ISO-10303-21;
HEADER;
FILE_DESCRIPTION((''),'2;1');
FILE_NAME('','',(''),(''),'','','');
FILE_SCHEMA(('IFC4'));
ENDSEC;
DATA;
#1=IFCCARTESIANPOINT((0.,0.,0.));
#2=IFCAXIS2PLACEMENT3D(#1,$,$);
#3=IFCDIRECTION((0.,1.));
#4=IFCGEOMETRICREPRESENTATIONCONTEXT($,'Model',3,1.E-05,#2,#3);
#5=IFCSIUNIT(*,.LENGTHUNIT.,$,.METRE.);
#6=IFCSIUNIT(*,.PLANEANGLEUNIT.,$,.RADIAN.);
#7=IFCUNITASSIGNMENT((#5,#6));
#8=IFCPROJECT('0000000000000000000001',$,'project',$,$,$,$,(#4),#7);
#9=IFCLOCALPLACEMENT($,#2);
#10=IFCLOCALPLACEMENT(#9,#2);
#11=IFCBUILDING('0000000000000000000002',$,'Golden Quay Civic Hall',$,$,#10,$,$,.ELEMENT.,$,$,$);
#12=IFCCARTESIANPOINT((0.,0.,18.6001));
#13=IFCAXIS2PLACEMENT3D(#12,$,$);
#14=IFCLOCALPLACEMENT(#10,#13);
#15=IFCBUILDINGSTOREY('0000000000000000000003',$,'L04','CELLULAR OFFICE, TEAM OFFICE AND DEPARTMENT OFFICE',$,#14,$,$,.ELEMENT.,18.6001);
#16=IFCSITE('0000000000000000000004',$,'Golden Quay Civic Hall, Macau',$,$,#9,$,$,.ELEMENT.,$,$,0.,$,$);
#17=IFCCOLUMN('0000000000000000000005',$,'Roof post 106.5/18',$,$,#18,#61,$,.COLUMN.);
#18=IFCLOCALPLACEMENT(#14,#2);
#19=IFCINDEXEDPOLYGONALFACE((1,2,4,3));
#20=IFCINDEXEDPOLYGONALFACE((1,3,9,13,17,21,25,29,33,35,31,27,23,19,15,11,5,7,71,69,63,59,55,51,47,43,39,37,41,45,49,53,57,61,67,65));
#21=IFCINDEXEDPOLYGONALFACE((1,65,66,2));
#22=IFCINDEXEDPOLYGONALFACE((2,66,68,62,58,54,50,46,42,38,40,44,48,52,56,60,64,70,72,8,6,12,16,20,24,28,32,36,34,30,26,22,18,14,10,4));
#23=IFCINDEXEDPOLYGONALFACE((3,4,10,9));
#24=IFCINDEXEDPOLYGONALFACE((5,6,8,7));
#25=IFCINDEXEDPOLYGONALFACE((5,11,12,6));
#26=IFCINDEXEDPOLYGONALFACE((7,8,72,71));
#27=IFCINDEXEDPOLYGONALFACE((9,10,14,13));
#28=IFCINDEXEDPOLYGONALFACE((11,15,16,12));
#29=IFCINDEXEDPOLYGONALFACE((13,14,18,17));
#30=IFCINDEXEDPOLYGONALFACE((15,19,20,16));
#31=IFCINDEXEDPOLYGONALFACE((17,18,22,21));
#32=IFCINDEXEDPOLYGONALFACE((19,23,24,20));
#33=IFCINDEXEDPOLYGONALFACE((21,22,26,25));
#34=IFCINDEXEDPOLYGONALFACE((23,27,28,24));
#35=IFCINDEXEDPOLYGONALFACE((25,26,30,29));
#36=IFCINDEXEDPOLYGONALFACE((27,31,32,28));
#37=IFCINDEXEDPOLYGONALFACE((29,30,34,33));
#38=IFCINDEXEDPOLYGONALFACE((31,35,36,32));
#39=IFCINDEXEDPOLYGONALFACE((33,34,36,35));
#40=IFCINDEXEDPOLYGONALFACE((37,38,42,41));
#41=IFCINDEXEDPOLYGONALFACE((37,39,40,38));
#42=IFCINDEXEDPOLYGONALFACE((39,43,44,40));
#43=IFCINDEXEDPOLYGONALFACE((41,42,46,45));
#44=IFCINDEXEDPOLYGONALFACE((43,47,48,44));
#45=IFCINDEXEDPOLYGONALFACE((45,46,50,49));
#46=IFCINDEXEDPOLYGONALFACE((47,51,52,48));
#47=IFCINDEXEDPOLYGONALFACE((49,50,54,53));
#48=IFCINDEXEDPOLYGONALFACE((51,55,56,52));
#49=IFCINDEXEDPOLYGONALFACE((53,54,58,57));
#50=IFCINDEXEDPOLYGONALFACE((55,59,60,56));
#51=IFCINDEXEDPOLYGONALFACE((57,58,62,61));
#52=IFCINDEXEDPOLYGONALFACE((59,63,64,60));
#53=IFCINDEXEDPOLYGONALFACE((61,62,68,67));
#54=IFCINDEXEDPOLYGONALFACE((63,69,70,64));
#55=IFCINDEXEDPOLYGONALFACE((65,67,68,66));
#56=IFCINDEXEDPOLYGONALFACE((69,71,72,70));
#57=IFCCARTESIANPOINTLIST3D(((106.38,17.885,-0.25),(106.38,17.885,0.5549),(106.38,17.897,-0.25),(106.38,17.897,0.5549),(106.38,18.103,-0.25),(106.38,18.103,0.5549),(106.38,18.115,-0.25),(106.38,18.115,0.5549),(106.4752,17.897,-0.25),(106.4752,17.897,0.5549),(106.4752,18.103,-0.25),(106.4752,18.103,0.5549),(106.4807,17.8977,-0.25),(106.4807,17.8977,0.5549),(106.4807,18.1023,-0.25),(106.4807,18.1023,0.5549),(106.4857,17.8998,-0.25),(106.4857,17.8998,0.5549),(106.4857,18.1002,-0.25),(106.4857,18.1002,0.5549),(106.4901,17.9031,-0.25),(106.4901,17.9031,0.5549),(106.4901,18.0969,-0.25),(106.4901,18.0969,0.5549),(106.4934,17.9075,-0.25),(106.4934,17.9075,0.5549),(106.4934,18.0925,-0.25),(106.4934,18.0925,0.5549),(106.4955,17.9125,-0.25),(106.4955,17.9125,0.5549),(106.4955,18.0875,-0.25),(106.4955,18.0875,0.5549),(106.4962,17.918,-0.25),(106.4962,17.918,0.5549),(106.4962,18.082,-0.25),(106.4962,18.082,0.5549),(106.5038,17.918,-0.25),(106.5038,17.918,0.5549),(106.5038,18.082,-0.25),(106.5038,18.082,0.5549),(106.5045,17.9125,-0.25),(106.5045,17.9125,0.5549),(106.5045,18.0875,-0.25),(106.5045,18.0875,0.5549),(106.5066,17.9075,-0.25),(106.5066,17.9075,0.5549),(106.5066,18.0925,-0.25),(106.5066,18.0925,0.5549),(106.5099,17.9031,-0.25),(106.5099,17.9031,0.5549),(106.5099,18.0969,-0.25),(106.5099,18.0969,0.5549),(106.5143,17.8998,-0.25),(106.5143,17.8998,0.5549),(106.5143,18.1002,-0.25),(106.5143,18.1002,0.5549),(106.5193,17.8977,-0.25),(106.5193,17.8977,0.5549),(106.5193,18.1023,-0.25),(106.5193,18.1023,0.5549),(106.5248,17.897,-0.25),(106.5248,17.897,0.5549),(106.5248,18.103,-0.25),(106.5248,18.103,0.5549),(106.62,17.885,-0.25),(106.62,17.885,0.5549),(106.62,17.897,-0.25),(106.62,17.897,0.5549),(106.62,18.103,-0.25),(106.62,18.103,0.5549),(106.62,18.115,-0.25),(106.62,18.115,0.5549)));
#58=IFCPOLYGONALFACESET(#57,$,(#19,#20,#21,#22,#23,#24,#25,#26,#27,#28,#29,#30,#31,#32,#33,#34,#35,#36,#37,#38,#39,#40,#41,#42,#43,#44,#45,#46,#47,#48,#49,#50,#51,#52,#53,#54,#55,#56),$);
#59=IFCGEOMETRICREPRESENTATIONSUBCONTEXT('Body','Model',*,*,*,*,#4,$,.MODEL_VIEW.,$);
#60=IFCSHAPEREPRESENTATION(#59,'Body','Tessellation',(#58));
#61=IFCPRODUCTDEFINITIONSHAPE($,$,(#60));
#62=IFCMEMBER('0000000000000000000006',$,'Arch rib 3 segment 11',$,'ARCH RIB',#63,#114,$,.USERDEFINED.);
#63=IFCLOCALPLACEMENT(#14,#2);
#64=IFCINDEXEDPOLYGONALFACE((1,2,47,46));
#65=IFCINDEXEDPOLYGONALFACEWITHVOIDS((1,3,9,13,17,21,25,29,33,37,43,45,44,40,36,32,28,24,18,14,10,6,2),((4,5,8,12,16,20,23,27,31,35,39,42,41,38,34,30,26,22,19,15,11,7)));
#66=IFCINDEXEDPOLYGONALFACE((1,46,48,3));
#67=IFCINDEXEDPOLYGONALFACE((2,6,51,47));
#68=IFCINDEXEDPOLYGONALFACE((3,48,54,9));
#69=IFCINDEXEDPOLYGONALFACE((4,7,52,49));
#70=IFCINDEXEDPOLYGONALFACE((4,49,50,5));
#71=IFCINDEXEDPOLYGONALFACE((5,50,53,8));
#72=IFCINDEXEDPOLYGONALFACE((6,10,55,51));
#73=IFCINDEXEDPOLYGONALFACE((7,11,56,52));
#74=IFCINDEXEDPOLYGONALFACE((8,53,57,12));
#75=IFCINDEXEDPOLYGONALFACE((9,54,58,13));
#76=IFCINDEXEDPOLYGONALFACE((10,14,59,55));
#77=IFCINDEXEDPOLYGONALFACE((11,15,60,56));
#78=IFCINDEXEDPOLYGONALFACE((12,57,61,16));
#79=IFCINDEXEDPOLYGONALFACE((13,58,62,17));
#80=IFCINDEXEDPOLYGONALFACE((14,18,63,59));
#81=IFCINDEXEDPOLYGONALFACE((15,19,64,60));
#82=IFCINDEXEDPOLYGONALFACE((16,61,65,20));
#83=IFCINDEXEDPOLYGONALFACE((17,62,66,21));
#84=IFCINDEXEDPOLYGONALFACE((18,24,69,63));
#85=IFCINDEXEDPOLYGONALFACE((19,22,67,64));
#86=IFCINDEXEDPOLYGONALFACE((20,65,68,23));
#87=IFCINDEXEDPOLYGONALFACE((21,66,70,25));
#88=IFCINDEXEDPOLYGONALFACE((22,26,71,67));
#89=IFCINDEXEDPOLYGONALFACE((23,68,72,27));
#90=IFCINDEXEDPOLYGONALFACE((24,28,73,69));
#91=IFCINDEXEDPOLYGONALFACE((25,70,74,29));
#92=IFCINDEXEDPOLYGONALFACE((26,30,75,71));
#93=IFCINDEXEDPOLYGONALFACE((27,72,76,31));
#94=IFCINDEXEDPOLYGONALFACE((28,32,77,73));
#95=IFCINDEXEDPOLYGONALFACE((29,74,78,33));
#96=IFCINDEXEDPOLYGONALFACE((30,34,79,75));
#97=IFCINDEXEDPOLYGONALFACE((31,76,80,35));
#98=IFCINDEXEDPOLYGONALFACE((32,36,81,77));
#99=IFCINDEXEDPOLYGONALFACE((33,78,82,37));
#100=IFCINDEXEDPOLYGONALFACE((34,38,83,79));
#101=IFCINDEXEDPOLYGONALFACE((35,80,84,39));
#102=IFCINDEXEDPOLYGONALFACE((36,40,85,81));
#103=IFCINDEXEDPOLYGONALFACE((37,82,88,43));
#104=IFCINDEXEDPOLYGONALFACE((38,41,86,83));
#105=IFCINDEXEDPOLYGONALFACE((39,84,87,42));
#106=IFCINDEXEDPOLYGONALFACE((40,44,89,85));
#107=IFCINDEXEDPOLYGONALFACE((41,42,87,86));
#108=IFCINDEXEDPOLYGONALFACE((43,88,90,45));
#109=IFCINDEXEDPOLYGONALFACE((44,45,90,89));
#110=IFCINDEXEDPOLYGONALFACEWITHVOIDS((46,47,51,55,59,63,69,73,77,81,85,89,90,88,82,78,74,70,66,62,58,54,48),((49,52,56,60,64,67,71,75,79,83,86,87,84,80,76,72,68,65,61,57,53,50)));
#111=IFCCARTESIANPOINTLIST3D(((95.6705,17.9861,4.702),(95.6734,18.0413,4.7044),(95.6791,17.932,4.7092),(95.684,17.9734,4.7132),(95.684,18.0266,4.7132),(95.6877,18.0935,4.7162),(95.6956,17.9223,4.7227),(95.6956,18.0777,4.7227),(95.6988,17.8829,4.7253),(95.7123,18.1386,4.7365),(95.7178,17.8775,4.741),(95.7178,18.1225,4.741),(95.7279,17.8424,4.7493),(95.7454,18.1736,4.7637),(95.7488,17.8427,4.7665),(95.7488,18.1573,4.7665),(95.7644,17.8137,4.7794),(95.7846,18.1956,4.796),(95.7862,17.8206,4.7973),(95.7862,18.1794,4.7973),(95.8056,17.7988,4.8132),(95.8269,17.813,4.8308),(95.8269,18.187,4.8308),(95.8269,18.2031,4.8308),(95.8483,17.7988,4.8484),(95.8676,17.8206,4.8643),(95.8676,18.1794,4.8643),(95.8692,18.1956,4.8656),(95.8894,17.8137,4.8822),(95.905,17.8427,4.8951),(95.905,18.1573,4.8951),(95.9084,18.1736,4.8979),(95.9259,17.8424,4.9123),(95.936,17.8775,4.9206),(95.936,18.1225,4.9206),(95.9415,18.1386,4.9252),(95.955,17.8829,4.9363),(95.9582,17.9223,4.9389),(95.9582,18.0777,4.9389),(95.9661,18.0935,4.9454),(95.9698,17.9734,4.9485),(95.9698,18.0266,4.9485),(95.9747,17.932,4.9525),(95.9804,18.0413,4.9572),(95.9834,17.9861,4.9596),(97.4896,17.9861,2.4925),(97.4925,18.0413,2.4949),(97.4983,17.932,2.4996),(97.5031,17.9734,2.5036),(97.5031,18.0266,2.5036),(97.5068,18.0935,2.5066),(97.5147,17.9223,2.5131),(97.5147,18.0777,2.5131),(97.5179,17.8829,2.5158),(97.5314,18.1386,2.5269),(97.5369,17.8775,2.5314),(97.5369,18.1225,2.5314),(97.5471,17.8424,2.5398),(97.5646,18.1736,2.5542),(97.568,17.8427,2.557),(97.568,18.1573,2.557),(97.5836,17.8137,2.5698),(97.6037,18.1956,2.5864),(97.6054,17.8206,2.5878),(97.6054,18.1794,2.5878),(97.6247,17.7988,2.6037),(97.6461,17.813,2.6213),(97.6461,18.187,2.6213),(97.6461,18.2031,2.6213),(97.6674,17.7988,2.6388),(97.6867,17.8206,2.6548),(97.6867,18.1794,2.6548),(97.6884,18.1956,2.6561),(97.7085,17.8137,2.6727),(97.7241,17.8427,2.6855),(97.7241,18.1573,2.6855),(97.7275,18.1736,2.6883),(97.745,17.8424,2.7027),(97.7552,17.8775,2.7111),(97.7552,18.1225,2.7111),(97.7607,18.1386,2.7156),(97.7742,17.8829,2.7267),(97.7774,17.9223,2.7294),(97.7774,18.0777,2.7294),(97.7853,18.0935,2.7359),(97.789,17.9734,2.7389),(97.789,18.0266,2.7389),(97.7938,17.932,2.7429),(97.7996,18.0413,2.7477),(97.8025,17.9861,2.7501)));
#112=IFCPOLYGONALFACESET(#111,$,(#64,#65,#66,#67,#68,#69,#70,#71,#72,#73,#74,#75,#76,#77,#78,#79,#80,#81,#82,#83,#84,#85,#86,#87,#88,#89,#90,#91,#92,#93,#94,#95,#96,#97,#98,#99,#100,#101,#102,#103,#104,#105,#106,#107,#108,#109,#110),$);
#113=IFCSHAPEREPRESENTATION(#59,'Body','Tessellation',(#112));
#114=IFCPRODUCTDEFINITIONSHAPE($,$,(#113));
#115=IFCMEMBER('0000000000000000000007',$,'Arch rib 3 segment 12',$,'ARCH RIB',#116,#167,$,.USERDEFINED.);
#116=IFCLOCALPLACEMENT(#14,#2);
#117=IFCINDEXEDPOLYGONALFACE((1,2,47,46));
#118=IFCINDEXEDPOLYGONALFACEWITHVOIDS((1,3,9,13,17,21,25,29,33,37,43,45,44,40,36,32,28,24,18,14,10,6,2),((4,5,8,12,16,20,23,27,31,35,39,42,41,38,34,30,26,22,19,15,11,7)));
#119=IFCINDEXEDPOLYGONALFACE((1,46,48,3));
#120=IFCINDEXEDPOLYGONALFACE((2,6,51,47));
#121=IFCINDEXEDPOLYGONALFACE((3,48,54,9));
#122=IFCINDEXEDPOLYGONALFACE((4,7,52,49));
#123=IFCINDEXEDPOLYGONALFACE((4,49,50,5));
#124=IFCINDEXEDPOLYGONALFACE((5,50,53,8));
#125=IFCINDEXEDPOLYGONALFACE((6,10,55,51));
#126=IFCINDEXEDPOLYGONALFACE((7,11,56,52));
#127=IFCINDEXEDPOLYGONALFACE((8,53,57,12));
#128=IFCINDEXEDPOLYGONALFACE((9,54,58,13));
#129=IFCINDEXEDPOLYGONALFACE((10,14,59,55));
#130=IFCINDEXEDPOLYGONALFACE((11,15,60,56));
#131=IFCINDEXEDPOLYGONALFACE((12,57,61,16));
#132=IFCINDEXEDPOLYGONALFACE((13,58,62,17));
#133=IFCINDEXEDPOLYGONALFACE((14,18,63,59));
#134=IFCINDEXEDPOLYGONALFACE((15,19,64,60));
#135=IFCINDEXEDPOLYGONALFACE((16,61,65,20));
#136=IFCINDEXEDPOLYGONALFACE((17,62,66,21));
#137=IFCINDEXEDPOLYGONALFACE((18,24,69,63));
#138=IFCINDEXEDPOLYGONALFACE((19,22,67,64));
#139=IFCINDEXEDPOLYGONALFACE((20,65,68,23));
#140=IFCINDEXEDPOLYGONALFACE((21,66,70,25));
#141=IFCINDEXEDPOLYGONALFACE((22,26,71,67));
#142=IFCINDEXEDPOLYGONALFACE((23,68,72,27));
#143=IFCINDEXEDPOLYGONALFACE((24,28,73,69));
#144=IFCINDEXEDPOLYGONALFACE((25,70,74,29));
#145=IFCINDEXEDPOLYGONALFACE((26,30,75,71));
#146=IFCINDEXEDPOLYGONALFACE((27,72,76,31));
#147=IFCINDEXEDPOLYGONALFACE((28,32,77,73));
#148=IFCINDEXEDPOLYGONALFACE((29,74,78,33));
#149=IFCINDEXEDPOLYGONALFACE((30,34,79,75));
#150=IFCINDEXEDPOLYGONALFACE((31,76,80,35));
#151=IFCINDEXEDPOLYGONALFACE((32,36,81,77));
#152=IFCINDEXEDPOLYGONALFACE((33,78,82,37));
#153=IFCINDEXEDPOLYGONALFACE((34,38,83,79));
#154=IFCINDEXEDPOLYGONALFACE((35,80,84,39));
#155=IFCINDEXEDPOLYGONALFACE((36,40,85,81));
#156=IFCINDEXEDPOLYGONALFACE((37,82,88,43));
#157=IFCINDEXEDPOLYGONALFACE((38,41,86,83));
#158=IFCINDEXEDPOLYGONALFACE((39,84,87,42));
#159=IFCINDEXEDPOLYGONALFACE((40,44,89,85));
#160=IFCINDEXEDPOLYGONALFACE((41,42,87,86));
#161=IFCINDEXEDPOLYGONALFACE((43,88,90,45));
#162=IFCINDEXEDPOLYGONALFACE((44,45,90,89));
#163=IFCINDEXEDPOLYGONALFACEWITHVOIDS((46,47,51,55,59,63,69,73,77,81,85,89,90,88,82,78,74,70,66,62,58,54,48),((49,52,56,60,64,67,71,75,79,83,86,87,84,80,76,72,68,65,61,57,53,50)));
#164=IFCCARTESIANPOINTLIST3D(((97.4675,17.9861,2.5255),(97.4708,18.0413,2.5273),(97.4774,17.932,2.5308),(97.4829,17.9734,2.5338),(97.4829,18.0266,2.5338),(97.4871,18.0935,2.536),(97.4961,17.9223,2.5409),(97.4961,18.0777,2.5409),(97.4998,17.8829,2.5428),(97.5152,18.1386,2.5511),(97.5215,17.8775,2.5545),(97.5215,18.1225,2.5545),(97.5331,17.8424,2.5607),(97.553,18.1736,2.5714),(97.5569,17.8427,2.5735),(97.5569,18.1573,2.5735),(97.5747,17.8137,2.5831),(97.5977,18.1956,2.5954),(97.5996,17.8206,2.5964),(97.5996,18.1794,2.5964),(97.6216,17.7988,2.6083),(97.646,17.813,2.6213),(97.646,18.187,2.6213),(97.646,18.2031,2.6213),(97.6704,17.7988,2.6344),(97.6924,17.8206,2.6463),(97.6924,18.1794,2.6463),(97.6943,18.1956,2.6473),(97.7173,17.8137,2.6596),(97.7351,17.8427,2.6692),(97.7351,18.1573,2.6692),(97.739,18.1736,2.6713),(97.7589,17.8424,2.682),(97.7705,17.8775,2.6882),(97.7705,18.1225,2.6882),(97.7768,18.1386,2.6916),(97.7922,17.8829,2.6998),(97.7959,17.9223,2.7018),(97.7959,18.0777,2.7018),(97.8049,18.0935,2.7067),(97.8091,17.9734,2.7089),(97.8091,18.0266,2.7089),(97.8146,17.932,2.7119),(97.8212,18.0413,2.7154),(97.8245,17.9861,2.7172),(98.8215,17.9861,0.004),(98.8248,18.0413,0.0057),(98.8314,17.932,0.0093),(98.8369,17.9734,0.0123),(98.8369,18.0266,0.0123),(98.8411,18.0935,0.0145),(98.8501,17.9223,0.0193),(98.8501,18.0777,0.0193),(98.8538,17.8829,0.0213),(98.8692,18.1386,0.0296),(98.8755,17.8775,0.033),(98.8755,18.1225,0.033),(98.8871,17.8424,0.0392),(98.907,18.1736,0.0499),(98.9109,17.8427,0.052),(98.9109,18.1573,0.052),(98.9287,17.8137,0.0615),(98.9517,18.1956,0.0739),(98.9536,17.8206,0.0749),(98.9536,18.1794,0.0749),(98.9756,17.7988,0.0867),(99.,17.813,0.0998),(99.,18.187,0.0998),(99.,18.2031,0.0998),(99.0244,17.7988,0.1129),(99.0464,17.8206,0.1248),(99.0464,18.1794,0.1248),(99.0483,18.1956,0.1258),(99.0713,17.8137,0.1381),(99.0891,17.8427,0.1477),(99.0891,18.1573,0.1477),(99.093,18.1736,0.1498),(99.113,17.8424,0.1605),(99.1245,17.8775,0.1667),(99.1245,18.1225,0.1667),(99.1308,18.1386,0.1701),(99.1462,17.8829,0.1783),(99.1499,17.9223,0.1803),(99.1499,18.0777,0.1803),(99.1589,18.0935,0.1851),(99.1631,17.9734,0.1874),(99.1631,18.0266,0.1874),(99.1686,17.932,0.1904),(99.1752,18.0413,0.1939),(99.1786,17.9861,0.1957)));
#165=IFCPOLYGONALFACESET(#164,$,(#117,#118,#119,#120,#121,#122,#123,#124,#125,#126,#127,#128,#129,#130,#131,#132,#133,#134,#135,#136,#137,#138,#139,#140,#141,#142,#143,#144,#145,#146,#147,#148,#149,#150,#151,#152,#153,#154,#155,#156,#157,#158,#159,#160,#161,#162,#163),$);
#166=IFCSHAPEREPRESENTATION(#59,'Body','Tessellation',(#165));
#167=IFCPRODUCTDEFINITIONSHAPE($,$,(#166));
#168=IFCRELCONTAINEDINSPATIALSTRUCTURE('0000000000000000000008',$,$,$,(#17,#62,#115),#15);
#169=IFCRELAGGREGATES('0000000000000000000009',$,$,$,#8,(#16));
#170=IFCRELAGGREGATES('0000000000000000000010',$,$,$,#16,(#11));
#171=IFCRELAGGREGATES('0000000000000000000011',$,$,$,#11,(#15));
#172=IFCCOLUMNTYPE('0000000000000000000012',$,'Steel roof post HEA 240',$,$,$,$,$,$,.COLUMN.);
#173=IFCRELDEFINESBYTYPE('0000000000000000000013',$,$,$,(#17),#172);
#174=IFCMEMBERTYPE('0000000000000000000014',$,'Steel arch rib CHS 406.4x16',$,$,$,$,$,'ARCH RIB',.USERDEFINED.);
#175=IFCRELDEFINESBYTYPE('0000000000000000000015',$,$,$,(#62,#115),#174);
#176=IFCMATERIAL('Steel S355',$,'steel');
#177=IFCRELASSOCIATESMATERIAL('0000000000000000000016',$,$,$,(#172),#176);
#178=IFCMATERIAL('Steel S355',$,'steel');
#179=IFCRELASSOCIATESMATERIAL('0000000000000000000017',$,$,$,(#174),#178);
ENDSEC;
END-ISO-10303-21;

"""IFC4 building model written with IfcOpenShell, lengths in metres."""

from ifc_helpers import new_model, si_unit, direction, frame, origin, origin_2d, place, context, subcontext, project, spatial, hollow_circle, i_section, extrude, material, material_profile, profile_set, type_object, element, save


model = new_model("IFC4")

# Units and contexts
model_context = context("Model", 3, precision=1e-05, world=origin(), true_north=direction((0.0, 1.0)))
body_context = subcontext(model_context, "Body", "Model", "MODEL_VIEW")
ifc_project = project(units=[si_unit("LENGTHUNIT", "METRE"), si_unit("PLANEANGLEUNIT", "RADIAN")], contexts=[model_context])

# Site, building, storey
site_placement = place(None, origin())
site = spatial("IfcSite", under=ifc_project, at=site_placement, Name="Golden Quay Civic Hall, Macau", CompositionType="ELEMENT", RefElevation=0.0)
building_placement = place(site_placement, origin())
building = spatial("IfcBuilding", under=site, at=building_placement, Name="Golden Quay Civic Hall", CompositionType="ELEMENT")
storey_placement = place(building_placement, frame((0.0, 0.0, 18.6001)))
storey = spatial("IfcBuildingStorey", under=building, at=storey_placement, Name="L04", Description="CELLULAR OFFICE, TEAM OFFICE AND DEPARTMENT OFFICE", CompositionType="ELEMENT", Elevation=18.6001)

# Column
ifc_material_1 = material(Name="Steel S355", Category="steel")
ifc_material_profile_1 = material_profile(ifc_material_1, i_section(OverallWidth=0.24, OverallDepth=0.23, WebThickness=0.0076, FlangeThickness=0.012, FilletRadius=0.021, at=origin_2d()), Name="HEA 240")
ifc_profile_set_1 = profile_set([ifc_material_profile_1], Name="Steel S355")
column_type = type_object("IfcColumnType", Name="Steel roof post HEA 240", PredefinedType="COLUMN", material=ifc_profile_set_1)
column_placement = place(storey_placement, frame((106.5, 18.0, -0.25), z_axis=(0.0, 0.0, 1.0), x_axis=(1.0, 0.0, 0.0)))
element("IfcColumn", 1, at=column_placement, inside=storey, type_object=column_type, Name="Roof post 106.5/18", PredefinedType="COLUMN", context=body_context, shape_type="SweptSolid", body=[
    extrude(i_section(OverallWidth=0.24, OverallDepth=0.23, WebThickness=0.0076, FlangeThickness=0.012, FilletRadius=0.021, at=origin_2d()), origin(), (0.0, 0.0, 1.0), 0.8049),
])

# Members
ifc_material_2 = material(Name="Steel S355", Category="steel")
ifc_material_profile_2 = material_profile(ifc_material_2, hollow_circle(Radius=0.2031, WallThickness=0.0161, at=origin_2d()), Name="CHS 406.4x16")
ifc_profile_set_2 = profile_set([ifc_material_profile_2], Name="Steel S355")
member_type_1 = type_object("IfcMemberType", Name="Steel arch rib CHS 406.4x16", ElementType="ARCH RIB", PredefinedType="USERDEFINED", material=ifc_profile_set_2)
for number, where, z_axis, x_axis, name in (
    (2, (95.8269, 18.0, 4.8308), (0.635609, 0.0, -0.772011), (0.0, 1.0, 0.0), "Arch rib 3 segment 11"),
    (3, (97.646, 18.0, 2.6213), (0.473092, 0.0, -0.881013), (0.0, 1.0, 0.0), "Arch rib 3 segment 12"),
):
    element("IfcMember", number, at=place(storey_placement, frame(where, z_axis=z_axis, x_axis=x_axis)), inside=storey, type_object=member_type_1, Name=name, ObjectType="ARCH RIB", PredefinedType="USERDEFINED", context=body_context, shape_type="SweptSolid", body=[
        extrude(hollow_circle(Radius=0.2031, WallThickness=0.0161, at=origin_2d()), origin(), (0.0, 0.0, 1.0), 2.8621),
    ])

save(model, "model.ifc")
